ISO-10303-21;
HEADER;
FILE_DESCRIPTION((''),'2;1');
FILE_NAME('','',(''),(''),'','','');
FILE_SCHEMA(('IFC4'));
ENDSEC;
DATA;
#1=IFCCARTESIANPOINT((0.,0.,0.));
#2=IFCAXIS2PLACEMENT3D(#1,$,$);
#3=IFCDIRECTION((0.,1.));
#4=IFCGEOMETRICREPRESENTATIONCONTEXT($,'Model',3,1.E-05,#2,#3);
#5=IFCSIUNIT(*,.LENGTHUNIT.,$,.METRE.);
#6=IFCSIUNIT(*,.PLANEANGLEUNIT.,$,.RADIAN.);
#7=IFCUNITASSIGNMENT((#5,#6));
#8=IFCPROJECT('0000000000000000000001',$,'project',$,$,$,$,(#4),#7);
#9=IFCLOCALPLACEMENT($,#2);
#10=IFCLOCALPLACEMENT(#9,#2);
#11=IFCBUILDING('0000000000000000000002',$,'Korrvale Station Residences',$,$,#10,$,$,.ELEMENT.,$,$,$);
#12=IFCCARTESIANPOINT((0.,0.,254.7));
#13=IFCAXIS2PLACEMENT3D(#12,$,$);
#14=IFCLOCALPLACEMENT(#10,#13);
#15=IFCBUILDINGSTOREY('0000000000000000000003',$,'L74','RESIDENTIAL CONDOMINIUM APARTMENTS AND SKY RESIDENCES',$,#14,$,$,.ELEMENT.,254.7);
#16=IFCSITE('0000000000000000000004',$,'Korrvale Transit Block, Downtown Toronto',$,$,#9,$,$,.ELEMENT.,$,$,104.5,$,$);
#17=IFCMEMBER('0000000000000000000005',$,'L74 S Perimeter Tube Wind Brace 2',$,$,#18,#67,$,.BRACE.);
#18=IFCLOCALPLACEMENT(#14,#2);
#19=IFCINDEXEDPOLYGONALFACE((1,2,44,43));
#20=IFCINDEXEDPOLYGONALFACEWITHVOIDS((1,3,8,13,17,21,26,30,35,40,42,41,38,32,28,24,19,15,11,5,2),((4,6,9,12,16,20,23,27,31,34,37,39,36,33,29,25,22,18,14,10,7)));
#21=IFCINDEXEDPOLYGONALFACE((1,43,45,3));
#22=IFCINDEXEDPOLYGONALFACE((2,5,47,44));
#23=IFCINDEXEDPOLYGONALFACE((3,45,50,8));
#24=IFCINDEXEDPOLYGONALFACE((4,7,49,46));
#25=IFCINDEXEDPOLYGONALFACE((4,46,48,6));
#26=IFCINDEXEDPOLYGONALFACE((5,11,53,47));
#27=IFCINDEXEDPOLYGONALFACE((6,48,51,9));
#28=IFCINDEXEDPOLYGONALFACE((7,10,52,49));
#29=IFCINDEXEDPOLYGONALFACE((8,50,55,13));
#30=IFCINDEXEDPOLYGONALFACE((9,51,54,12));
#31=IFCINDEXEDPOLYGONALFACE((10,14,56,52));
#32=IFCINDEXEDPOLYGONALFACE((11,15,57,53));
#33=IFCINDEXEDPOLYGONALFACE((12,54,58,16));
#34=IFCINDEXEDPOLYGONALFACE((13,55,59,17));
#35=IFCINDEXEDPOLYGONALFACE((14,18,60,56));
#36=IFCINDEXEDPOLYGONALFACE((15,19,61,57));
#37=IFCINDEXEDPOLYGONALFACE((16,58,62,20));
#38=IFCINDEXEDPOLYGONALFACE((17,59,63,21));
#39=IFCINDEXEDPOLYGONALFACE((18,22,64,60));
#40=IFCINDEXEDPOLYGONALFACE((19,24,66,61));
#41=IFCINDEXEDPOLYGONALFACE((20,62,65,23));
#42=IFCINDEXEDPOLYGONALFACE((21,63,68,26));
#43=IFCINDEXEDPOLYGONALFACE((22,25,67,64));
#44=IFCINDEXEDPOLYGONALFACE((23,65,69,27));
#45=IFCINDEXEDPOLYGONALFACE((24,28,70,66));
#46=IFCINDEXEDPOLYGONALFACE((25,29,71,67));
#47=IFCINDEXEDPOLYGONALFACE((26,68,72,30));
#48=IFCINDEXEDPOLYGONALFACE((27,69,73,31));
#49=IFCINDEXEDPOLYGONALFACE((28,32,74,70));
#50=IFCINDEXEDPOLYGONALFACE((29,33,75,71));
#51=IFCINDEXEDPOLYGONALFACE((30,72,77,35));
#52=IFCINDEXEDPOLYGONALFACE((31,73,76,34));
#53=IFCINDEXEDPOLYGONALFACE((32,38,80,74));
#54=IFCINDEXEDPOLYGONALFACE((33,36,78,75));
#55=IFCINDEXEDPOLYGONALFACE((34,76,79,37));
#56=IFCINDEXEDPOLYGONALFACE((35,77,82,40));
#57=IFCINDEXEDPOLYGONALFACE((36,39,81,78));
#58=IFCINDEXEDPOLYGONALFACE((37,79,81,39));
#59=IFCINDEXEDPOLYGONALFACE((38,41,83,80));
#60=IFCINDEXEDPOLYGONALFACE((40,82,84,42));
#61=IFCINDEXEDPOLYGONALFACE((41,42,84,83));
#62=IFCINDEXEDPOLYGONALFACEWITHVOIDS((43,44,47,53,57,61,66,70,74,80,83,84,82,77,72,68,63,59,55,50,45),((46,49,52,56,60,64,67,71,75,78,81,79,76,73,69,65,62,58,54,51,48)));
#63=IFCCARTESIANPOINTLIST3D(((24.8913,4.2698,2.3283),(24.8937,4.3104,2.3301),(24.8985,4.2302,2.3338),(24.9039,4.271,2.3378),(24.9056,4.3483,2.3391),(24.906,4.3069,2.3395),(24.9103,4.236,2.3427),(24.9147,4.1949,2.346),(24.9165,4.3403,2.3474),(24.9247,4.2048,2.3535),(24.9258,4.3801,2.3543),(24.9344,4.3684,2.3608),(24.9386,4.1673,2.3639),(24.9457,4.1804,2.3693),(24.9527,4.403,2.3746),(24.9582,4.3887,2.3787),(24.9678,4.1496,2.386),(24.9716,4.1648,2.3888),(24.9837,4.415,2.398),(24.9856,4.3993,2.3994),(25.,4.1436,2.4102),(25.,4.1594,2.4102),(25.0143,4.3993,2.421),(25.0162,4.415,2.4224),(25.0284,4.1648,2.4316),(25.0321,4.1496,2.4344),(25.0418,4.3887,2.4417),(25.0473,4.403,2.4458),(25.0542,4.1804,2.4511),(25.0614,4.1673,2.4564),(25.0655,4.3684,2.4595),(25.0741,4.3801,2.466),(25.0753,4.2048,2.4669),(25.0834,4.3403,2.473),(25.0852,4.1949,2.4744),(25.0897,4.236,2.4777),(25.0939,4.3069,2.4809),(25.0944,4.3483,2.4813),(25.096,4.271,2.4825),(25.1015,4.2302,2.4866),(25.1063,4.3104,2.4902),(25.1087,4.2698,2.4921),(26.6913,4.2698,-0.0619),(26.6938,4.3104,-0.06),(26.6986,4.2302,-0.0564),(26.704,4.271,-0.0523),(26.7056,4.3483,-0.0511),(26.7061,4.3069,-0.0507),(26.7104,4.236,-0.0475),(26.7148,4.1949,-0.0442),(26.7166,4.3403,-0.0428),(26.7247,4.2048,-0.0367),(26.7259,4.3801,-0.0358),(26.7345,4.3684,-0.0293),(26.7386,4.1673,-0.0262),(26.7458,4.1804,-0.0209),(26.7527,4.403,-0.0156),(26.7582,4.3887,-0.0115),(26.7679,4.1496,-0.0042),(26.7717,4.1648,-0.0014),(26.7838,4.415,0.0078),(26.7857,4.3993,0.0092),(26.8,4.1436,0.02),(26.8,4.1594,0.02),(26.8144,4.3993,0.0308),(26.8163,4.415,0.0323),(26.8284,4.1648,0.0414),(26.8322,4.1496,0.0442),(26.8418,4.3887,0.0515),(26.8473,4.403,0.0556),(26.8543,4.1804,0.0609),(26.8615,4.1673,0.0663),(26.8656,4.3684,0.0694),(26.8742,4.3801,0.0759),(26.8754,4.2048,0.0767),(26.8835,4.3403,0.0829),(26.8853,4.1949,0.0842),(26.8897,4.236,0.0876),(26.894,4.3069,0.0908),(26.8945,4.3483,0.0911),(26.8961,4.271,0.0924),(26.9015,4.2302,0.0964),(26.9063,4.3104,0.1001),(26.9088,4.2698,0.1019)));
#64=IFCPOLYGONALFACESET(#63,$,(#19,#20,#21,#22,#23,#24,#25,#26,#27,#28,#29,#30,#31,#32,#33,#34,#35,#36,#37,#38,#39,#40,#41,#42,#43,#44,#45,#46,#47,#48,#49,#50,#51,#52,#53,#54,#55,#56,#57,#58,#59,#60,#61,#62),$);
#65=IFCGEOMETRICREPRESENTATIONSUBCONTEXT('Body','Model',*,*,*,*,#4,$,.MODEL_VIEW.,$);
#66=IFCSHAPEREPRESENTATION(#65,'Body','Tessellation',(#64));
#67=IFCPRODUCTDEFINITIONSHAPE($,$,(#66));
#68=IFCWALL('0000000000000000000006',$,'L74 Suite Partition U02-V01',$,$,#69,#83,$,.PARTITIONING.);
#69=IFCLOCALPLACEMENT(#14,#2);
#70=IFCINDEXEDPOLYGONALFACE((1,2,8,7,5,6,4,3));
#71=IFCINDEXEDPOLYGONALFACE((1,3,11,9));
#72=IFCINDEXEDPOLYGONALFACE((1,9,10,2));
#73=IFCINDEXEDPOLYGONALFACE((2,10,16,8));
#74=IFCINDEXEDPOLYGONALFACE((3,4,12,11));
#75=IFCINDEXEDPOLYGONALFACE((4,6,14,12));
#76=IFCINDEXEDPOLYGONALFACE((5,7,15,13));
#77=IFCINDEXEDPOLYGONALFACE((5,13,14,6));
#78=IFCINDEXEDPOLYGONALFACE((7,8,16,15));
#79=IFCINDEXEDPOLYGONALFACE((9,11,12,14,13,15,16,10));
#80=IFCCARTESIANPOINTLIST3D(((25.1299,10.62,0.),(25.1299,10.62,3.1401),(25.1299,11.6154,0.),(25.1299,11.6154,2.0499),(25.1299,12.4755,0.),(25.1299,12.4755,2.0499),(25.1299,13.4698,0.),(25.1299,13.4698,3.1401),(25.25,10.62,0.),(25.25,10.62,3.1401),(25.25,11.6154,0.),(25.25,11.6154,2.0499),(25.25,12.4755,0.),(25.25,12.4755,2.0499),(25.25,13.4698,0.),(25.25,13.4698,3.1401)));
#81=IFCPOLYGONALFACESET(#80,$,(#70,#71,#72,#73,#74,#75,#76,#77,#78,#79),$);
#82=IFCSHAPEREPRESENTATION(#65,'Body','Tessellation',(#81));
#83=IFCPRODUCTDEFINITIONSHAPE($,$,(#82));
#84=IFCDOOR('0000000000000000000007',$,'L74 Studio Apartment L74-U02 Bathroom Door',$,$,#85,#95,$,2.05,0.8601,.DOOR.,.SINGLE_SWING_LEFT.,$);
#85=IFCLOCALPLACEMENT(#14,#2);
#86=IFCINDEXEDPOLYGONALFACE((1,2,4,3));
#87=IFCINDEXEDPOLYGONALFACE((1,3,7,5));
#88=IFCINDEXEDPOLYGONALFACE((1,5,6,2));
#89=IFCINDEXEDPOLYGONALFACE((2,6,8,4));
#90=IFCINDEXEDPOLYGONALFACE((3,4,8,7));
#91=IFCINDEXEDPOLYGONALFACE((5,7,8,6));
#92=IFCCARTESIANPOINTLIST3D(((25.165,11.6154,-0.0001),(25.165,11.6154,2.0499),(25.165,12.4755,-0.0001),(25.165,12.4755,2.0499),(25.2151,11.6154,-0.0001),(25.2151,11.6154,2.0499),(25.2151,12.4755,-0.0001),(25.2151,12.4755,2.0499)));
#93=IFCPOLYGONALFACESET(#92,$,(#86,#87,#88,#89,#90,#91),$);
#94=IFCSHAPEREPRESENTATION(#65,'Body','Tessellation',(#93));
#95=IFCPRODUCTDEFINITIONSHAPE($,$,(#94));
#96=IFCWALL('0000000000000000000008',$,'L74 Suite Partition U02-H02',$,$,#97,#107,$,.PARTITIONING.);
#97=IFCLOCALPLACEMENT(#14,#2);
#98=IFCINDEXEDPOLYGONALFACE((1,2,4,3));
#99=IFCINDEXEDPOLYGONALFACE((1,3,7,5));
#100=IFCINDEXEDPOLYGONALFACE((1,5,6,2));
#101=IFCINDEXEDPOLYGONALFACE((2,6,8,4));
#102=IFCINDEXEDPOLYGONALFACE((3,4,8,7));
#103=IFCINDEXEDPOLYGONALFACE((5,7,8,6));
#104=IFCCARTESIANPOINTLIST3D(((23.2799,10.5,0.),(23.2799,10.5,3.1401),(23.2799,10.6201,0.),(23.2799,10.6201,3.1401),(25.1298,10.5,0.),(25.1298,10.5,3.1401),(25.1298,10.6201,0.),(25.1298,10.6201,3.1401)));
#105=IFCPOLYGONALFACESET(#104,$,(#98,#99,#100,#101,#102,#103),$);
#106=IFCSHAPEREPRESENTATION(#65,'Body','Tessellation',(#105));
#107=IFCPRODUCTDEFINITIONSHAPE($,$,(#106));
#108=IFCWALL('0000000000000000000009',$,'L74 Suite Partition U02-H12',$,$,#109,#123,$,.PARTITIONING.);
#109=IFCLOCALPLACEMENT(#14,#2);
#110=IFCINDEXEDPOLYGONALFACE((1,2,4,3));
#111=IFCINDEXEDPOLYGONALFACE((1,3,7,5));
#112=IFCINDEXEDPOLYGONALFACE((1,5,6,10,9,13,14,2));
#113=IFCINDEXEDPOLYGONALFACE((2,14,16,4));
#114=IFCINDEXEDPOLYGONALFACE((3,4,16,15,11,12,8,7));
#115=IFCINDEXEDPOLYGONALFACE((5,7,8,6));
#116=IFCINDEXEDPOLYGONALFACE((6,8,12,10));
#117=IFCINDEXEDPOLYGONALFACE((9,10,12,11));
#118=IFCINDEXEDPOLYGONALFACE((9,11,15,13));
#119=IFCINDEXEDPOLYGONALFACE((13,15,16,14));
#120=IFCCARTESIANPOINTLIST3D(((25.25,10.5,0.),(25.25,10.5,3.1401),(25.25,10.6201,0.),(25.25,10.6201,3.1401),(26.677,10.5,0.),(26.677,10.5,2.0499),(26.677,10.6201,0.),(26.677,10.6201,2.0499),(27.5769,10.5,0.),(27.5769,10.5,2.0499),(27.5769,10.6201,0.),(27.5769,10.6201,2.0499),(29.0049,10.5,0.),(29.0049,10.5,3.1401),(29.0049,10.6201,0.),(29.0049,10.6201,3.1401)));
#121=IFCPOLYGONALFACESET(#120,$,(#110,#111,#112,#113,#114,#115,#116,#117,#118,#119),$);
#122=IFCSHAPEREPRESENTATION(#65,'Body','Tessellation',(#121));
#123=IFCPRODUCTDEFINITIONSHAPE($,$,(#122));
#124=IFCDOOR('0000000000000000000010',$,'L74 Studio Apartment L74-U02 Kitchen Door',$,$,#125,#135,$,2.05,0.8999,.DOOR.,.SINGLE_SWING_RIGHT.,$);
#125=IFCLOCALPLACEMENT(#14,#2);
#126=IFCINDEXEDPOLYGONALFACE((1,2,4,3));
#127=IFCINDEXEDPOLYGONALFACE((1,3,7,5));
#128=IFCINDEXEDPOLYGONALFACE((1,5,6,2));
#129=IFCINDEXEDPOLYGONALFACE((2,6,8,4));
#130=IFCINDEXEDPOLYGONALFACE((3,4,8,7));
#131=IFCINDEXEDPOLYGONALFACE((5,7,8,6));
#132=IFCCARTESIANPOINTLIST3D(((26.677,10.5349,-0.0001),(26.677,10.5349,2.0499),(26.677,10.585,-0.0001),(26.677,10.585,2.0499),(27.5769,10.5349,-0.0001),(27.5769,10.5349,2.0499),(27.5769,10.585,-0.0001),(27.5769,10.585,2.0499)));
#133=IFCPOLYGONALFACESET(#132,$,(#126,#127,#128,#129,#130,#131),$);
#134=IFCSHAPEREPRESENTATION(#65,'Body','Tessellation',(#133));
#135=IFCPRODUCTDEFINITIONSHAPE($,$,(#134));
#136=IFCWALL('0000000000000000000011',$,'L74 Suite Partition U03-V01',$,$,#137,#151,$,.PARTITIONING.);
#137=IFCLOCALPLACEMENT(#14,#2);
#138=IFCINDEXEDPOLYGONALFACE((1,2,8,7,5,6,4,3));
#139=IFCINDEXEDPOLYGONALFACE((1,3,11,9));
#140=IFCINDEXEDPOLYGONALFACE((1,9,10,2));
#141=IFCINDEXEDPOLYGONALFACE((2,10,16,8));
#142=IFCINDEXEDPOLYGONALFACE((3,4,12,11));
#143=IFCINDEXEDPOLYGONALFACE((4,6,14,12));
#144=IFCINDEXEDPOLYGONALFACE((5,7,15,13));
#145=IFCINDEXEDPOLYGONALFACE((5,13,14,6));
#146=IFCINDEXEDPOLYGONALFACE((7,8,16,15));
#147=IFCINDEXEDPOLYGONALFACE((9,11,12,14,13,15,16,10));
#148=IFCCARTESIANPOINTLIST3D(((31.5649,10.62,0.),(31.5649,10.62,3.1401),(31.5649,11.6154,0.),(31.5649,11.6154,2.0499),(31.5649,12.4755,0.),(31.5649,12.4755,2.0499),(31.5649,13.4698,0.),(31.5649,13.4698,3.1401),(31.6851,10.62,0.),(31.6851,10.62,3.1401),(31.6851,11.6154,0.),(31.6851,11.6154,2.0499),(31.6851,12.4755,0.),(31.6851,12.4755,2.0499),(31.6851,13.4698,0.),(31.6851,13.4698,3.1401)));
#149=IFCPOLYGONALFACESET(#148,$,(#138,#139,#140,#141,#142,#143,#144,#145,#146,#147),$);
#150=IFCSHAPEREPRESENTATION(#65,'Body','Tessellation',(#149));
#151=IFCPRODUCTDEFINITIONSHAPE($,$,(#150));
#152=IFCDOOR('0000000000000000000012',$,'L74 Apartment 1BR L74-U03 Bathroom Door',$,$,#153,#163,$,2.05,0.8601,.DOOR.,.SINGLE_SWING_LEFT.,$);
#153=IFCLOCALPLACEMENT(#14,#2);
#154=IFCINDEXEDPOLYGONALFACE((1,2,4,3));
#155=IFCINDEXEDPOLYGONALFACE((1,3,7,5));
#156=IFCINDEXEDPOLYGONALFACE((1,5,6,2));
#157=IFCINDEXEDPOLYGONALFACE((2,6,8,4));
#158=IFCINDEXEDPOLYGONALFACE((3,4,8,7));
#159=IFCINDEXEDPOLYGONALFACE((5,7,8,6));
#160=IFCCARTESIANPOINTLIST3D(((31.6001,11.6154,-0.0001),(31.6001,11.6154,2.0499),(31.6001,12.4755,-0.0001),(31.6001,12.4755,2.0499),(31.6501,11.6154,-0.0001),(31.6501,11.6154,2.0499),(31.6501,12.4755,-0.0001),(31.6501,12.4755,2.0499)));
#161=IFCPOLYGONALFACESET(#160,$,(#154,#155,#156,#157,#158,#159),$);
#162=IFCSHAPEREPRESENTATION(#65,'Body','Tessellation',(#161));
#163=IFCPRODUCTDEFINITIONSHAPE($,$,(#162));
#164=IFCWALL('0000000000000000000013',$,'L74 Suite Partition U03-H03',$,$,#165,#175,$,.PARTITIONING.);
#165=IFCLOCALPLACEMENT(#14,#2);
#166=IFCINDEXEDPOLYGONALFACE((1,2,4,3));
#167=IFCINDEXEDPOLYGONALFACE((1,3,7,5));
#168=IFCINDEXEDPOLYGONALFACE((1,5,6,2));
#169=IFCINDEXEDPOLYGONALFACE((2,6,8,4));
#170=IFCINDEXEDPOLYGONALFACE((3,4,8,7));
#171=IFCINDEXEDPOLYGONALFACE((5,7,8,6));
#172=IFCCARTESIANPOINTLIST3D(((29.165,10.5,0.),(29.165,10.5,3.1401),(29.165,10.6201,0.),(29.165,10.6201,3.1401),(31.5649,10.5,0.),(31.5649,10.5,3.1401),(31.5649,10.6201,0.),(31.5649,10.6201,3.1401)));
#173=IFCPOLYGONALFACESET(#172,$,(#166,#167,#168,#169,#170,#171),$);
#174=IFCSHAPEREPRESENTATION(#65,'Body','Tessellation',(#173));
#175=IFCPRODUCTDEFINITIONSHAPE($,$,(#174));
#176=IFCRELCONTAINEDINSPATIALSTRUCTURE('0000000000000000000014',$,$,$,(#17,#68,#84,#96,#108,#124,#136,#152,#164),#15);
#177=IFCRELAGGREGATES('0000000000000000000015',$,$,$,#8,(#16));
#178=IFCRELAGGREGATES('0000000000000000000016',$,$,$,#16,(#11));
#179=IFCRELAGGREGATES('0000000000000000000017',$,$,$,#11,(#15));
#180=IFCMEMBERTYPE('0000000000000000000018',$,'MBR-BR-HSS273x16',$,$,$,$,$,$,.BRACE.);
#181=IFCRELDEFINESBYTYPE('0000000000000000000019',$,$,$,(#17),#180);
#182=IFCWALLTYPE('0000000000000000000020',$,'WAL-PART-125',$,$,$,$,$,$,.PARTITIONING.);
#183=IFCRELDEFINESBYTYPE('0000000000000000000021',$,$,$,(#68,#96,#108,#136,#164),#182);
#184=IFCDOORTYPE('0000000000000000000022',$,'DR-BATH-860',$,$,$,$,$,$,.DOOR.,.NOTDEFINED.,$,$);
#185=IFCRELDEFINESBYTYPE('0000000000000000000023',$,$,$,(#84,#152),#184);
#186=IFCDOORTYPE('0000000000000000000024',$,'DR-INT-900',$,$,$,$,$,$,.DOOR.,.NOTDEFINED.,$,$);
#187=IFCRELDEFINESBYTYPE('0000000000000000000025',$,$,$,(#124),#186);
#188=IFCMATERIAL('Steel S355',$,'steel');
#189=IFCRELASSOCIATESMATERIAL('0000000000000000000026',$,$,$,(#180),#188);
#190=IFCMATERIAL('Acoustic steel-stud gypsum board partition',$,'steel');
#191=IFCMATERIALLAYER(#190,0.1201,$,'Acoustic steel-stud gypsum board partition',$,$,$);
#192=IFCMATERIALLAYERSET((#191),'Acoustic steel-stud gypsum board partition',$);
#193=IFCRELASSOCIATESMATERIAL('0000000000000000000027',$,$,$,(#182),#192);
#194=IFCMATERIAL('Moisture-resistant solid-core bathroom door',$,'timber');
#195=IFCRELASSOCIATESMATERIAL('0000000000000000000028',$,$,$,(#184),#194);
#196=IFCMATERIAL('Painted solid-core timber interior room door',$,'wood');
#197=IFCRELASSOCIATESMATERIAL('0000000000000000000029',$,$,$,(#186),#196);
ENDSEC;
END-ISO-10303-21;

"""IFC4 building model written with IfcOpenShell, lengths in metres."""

from ifc_helpers import new_model, si_unit, direction, frame, frame_2d, origin, origin_2d, place, context, subcontext, project, spatial, rectangle, hollow_circle, extrude, material, layer, layer_set, material_profile, profile_set, type_object, element, fill, save


model = new_model("IFC4")

# Units and contexts
model_context = context("Model", 3, precision=1e-05, world=origin(), true_north=direction((0.0, 1.0)))
body_context = subcontext(model_context, "Body", "Model", "MODEL_VIEW")
ifc_project = project(units=[si_unit("LENGTHUNIT", "METRE"), si_unit("PLANEANGLEUNIT", "RADIAN")], contexts=[model_context])

# Site, building, storey
site_placement = place(None, origin())
site = spatial("IfcSite", under=ifc_project, at=site_placement, Name="Korrvale Transit Block, Downtown Toronto", CompositionType="ELEMENT", RefElevation=104.5)
building_placement = place(site_placement, origin())
building = spatial("IfcBuilding", under=site, at=building_placement, Name="Korrvale Station Residences", CompositionType="ELEMENT")
storey_placement = place(building_placement, frame((0.0, 0.0, 254.7)))
storey = spatial("IfcBuildingStorey", under=building, at=storey_placement, Name="L74", Description="RESIDENTIAL CONDOMINIUM APARTMENTS AND SKY RESIDENCES", CompositionType="ELEMENT", Elevation=254.7)

# Shared definitions
ifc_material_1 = material(Name="Steel S355", Category="steel")

# Member
ifc_material_profile_1 = material_profile(ifc_material_1, hollow_circle(Radius=0.1365, WallThickness=0.0159, at=origin_2d()), Name="HSS273x16")
ifc_profile_set_1 = profile_set([ifc_material_profile_1], Name="Steel S355")
member_type = type_object("IfcMemberType", Name="MBR-BR-HSS273x16", PredefinedType="BRACE", material=ifc_profile_set_1)
member_placement = place(storey_placement, frame((26.8, 4.28, 0.02), z_axis=(-0.601592, 0.0, 0.798804), x_axis=(0.0, -1.0, 0.0)))
element("IfcMember", 1, at=member_placement, inside=storey, type_object=member_type, Name="L74 S Perimeter Tube Wind Brace 2", PredefinedType="BRACE", context=body_context, shape_type="SweptSolid", body=[
    extrude(hollow_circle(Radius=0.1365, WallThickness=0.0159, at=origin_2d()), origin(), (0.0, 0.0, 1.0), 2.9922),
])

# Wall, opening, door
ifc_material_2 = material(Name="Acoustic steel-stud gypsum board partition", Category="steel")
ifc_layer_1 = layer(ifc_material_2, 0.1201, Name="Acoustic steel-stud gypsum board partition")
ifc_layer_set_1 = layer_set([ifc_layer_1], Name="Acoustic steel-stud gypsum board partition")
wall_type_1 = type_object("IfcWallType", Name="WAL-PART-125", PredefinedType="PARTITIONING", material=ifc_layer_set_1)
wall_1_placement = place(storey_placement, frame((25.1899, 10.6201, 0.0), z_axis=(0.0, 0.0, 1.0), x_axis=(0.0, 1.0, 0.0)))
wall_1 = element("IfcWall", 2, at=wall_1_placement, inside=storey, type_object=wall_type_1, Name="L74 Suite Partition U02-V01", PredefinedType="PARTITIONING", context=body_context, shape_type="SweptSolid", body=[
    extrude(rectangle(XDim=2.8499, YDim=0.1201, at=frame_2d((1.4248, 0.0))), origin(), (0.0, 0.0, 1.0), 3.1401),
])
opening_1_placement = place(wall_1_placement, frame((0.9951, 0.0, 0.0)))
opening_1 = element("IfcOpeningElement", 3, at=opening_1_placement, cuts=wall_1, PredefinedType="OPENING", context=body_context, shape_type="SweptSolid", body=[
    extrude(rectangle(XDim=0.8601, YDim=2.05, at=frame_2d((0.4302, 1.0249))), frame((0.0, 0.0701, 0.0), z_axis=(0.0, -1.0, 0.0), x_axis=(1.0, 0.0, 0.0)), (0.0, 0.0, 1.0), 0.1401),
])
ifc_material_3 = material(Name="Moisture-resistant solid-core bathroom door", Category="timber")
door_type_1 = type_object("IfcDoorType", Name="DR-BATH-860", OperationType="NOTDEFINED", PredefinedType="DOOR", material=ifc_material_3)
door_1_placement = place(opening_1_placement, origin())
door_1 = element("IfcDoor", 4, at=door_1_placement, inside=storey, type_object=door_type_1, Name="L74 Studio Apartment L74-U02 Bathroom Door", OperationType="SINGLE_SWING_LEFT", OverallHeight=2.05, OverallWidth=0.8601, PredefinedType="DOOR", context=body_context, shape_type="SweptSolid", body=[
    extrude(rectangle(XDim=0.8601, YDim=2.05, at=frame_2d((0.4302, 1.0249))), frame((0.0, 0.0249, 0.0), z_axis=(0.0, -1.0, 0.0), x_axis=(1.0, 0.0, 0.0)), (0.0, 0.0, 1.0), 0.05),
])
fill(opening_1, door_1)

# Wall
wall_2_placement = place(storey_placement, frame((23.28, 10.5601, 0.0), z_axis=(0.0, 0.0, 1.0), x_axis=(1.0, 0.0, 0.0)))
element("IfcWall", 5, at=wall_2_placement, inside=storey, type_object=wall_type_1, Name="L74 Suite Partition U02-H02", PredefinedType="PARTITIONING", context=body_context, shape_type="SweptSolid", body=[
    extrude(rectangle(XDim=1.8499, YDim=0.1201, at=frame_2d((0.9248, 0.0))), origin(), (0.0, 0.0, 1.0), 3.1401),
])

# Walls, openings, doors
wall_3_placement = place(storey_placement, frame((25.25, 10.5601, 0.0), z_axis=(0.0, 0.0, 1.0), x_axis=(1.0, 0.0, 0.0)))
wall_3 = element("IfcWall", 6, at=wall_3_placement, inside=storey, type_object=wall_type_1, Name="L74 Suite Partition U02-H12", PredefinedType="PARTITIONING", context=body_context, shape_type="SweptSolid", body=[
    extrude(rectangle(XDim=3.7549, YDim=0.1201, at=frame_2d((1.8774, 0.0))), origin(), (0.0, 0.0, 1.0), 3.1401),
])
opening_2_placement = place(wall_3_placement, frame((1.427, 0.0, 0.0)))
opening_2 = element("IfcOpeningElement", 7, at=opening_2_placement, cuts=wall_3, PredefinedType="OPENING", context=body_context, shape_type="SweptSolid", body=[
    extrude(rectangle(XDim=0.8999, YDim=2.05, at=frame_2d((0.45, 1.0249))), frame((0.0, 0.0701, 0.0), z_axis=(0.0, -1.0, 0.0), x_axis=(1.0, 0.0, 0.0)), (0.0, 0.0, 1.0), 0.1401),
])
ifc_material_4 = material(Name="Painted solid-core timber interior room door", Category="wood")
door_type_2 = type_object("IfcDoorType", Name="DR-INT-900", OperationType="NOTDEFINED", PredefinedType="DOOR", material=ifc_material_4)
door_2_placement = place(opening_2_placement, origin())
door_2 = element("IfcDoor", 8, at=door_2_placement, inside=storey, type_object=door_type_2, Name="L74 Studio Apartment L74-U02 Kitchen Door", OperationType="SINGLE_SWING_RIGHT", OverallHeight=2.05, OverallWidth=0.8999, PredefinedType="DOOR", context=body_context, shape_type="SweptSolid", body=[
    extrude(rectangle(XDim=0.8999, YDim=2.05, at=frame_2d((0.45, 1.0249))), frame((0.0, 0.0249, 0.0), z_axis=(0.0, -1.0, 0.0), x_axis=(1.0, 0.0, 0.0)), (0.0, 0.0, 1.0), 0.05),
])
fill(opening_2, door_2)
wall_4_placement = place(storey_placement, frame((31.625, 10.6201, 0.0), z_axis=(0.0, 0.0, 1.0), x_axis=(0.0, 1.0, 0.0)))
wall_4 = element("IfcWall", 9, at=wall_4_placement, inside=storey, type_object=wall_type_1, Name="L74 Suite Partition U03-V01", PredefinedType="PARTITIONING", context=body_context, shape_type="SweptSolid", body=[
    extrude(rectangle(XDim=2.8499, YDim=0.1201, at=frame_2d((1.4248, 0.0))), origin(), (0.0, 0.0, 1.0), 3.1401),
])
opening_3_placement = place(wall_4_placement, frame((0.9951, 0.0, 0.0)))
opening_3 = element("IfcOpeningElement", 10, at=opening_3_placement, cuts=wall_4, PredefinedType="OPENING", context=body_context, shape_type="SweptSolid", body=[
    extrude(rectangle(XDim=0.8601, YDim=2.05, at=frame_2d((0.4302, 1.0249))), frame((0.0, 0.0701, 0.0), z_axis=(0.0, -1.0, 0.0), x_axis=(1.0, 0.0, 0.0)), (0.0, 0.0, 1.0), 0.1401),
])
door_3_placement = place(opening_3_placement, origin())
door_3 = element("IfcDoor", 11, at=door_3_placement, inside=storey, type_object=door_type_1, Name="L74 Apartment 1BR L74-U03 Bathroom Door", OperationType="SINGLE_SWING_LEFT", OverallHeight=2.05, OverallWidth=0.8601, PredefinedType="DOOR", context=body_context, shape_type="SweptSolid", body=[
    extrude(rectangle(XDim=0.8601, YDim=2.05, at=frame_2d((0.4302, 1.0249))), frame((0.0, 0.0249, 0.0), z_axis=(0.0, -1.0, 0.0), x_axis=(1.0, 0.0, 0.0)), (0.0, 0.0, 1.0), 0.05),
])
fill(opening_3, door_3)

# Wall
wall_5_placement = place(storey_placement, frame((29.165, 10.5601, 0.0), z_axis=(0.0, 0.0, 1.0), x_axis=(1.0, 0.0, 0.0)))
element("IfcWall", 12, at=wall_5_placement, inside=storey, type_object=wall_type_1, Name="L74 Suite Partition U03-H03", PredefinedType="PARTITIONING", context=body_context, shape_type="SweptSolid", body=[
    extrude(rectangle(XDim=2.3999, YDim=0.1201, at=frame_2d((1.2, 0.0))), origin(), (0.0, 0.0, 1.0), 3.1401),
])

save(model, "model.ifc")
